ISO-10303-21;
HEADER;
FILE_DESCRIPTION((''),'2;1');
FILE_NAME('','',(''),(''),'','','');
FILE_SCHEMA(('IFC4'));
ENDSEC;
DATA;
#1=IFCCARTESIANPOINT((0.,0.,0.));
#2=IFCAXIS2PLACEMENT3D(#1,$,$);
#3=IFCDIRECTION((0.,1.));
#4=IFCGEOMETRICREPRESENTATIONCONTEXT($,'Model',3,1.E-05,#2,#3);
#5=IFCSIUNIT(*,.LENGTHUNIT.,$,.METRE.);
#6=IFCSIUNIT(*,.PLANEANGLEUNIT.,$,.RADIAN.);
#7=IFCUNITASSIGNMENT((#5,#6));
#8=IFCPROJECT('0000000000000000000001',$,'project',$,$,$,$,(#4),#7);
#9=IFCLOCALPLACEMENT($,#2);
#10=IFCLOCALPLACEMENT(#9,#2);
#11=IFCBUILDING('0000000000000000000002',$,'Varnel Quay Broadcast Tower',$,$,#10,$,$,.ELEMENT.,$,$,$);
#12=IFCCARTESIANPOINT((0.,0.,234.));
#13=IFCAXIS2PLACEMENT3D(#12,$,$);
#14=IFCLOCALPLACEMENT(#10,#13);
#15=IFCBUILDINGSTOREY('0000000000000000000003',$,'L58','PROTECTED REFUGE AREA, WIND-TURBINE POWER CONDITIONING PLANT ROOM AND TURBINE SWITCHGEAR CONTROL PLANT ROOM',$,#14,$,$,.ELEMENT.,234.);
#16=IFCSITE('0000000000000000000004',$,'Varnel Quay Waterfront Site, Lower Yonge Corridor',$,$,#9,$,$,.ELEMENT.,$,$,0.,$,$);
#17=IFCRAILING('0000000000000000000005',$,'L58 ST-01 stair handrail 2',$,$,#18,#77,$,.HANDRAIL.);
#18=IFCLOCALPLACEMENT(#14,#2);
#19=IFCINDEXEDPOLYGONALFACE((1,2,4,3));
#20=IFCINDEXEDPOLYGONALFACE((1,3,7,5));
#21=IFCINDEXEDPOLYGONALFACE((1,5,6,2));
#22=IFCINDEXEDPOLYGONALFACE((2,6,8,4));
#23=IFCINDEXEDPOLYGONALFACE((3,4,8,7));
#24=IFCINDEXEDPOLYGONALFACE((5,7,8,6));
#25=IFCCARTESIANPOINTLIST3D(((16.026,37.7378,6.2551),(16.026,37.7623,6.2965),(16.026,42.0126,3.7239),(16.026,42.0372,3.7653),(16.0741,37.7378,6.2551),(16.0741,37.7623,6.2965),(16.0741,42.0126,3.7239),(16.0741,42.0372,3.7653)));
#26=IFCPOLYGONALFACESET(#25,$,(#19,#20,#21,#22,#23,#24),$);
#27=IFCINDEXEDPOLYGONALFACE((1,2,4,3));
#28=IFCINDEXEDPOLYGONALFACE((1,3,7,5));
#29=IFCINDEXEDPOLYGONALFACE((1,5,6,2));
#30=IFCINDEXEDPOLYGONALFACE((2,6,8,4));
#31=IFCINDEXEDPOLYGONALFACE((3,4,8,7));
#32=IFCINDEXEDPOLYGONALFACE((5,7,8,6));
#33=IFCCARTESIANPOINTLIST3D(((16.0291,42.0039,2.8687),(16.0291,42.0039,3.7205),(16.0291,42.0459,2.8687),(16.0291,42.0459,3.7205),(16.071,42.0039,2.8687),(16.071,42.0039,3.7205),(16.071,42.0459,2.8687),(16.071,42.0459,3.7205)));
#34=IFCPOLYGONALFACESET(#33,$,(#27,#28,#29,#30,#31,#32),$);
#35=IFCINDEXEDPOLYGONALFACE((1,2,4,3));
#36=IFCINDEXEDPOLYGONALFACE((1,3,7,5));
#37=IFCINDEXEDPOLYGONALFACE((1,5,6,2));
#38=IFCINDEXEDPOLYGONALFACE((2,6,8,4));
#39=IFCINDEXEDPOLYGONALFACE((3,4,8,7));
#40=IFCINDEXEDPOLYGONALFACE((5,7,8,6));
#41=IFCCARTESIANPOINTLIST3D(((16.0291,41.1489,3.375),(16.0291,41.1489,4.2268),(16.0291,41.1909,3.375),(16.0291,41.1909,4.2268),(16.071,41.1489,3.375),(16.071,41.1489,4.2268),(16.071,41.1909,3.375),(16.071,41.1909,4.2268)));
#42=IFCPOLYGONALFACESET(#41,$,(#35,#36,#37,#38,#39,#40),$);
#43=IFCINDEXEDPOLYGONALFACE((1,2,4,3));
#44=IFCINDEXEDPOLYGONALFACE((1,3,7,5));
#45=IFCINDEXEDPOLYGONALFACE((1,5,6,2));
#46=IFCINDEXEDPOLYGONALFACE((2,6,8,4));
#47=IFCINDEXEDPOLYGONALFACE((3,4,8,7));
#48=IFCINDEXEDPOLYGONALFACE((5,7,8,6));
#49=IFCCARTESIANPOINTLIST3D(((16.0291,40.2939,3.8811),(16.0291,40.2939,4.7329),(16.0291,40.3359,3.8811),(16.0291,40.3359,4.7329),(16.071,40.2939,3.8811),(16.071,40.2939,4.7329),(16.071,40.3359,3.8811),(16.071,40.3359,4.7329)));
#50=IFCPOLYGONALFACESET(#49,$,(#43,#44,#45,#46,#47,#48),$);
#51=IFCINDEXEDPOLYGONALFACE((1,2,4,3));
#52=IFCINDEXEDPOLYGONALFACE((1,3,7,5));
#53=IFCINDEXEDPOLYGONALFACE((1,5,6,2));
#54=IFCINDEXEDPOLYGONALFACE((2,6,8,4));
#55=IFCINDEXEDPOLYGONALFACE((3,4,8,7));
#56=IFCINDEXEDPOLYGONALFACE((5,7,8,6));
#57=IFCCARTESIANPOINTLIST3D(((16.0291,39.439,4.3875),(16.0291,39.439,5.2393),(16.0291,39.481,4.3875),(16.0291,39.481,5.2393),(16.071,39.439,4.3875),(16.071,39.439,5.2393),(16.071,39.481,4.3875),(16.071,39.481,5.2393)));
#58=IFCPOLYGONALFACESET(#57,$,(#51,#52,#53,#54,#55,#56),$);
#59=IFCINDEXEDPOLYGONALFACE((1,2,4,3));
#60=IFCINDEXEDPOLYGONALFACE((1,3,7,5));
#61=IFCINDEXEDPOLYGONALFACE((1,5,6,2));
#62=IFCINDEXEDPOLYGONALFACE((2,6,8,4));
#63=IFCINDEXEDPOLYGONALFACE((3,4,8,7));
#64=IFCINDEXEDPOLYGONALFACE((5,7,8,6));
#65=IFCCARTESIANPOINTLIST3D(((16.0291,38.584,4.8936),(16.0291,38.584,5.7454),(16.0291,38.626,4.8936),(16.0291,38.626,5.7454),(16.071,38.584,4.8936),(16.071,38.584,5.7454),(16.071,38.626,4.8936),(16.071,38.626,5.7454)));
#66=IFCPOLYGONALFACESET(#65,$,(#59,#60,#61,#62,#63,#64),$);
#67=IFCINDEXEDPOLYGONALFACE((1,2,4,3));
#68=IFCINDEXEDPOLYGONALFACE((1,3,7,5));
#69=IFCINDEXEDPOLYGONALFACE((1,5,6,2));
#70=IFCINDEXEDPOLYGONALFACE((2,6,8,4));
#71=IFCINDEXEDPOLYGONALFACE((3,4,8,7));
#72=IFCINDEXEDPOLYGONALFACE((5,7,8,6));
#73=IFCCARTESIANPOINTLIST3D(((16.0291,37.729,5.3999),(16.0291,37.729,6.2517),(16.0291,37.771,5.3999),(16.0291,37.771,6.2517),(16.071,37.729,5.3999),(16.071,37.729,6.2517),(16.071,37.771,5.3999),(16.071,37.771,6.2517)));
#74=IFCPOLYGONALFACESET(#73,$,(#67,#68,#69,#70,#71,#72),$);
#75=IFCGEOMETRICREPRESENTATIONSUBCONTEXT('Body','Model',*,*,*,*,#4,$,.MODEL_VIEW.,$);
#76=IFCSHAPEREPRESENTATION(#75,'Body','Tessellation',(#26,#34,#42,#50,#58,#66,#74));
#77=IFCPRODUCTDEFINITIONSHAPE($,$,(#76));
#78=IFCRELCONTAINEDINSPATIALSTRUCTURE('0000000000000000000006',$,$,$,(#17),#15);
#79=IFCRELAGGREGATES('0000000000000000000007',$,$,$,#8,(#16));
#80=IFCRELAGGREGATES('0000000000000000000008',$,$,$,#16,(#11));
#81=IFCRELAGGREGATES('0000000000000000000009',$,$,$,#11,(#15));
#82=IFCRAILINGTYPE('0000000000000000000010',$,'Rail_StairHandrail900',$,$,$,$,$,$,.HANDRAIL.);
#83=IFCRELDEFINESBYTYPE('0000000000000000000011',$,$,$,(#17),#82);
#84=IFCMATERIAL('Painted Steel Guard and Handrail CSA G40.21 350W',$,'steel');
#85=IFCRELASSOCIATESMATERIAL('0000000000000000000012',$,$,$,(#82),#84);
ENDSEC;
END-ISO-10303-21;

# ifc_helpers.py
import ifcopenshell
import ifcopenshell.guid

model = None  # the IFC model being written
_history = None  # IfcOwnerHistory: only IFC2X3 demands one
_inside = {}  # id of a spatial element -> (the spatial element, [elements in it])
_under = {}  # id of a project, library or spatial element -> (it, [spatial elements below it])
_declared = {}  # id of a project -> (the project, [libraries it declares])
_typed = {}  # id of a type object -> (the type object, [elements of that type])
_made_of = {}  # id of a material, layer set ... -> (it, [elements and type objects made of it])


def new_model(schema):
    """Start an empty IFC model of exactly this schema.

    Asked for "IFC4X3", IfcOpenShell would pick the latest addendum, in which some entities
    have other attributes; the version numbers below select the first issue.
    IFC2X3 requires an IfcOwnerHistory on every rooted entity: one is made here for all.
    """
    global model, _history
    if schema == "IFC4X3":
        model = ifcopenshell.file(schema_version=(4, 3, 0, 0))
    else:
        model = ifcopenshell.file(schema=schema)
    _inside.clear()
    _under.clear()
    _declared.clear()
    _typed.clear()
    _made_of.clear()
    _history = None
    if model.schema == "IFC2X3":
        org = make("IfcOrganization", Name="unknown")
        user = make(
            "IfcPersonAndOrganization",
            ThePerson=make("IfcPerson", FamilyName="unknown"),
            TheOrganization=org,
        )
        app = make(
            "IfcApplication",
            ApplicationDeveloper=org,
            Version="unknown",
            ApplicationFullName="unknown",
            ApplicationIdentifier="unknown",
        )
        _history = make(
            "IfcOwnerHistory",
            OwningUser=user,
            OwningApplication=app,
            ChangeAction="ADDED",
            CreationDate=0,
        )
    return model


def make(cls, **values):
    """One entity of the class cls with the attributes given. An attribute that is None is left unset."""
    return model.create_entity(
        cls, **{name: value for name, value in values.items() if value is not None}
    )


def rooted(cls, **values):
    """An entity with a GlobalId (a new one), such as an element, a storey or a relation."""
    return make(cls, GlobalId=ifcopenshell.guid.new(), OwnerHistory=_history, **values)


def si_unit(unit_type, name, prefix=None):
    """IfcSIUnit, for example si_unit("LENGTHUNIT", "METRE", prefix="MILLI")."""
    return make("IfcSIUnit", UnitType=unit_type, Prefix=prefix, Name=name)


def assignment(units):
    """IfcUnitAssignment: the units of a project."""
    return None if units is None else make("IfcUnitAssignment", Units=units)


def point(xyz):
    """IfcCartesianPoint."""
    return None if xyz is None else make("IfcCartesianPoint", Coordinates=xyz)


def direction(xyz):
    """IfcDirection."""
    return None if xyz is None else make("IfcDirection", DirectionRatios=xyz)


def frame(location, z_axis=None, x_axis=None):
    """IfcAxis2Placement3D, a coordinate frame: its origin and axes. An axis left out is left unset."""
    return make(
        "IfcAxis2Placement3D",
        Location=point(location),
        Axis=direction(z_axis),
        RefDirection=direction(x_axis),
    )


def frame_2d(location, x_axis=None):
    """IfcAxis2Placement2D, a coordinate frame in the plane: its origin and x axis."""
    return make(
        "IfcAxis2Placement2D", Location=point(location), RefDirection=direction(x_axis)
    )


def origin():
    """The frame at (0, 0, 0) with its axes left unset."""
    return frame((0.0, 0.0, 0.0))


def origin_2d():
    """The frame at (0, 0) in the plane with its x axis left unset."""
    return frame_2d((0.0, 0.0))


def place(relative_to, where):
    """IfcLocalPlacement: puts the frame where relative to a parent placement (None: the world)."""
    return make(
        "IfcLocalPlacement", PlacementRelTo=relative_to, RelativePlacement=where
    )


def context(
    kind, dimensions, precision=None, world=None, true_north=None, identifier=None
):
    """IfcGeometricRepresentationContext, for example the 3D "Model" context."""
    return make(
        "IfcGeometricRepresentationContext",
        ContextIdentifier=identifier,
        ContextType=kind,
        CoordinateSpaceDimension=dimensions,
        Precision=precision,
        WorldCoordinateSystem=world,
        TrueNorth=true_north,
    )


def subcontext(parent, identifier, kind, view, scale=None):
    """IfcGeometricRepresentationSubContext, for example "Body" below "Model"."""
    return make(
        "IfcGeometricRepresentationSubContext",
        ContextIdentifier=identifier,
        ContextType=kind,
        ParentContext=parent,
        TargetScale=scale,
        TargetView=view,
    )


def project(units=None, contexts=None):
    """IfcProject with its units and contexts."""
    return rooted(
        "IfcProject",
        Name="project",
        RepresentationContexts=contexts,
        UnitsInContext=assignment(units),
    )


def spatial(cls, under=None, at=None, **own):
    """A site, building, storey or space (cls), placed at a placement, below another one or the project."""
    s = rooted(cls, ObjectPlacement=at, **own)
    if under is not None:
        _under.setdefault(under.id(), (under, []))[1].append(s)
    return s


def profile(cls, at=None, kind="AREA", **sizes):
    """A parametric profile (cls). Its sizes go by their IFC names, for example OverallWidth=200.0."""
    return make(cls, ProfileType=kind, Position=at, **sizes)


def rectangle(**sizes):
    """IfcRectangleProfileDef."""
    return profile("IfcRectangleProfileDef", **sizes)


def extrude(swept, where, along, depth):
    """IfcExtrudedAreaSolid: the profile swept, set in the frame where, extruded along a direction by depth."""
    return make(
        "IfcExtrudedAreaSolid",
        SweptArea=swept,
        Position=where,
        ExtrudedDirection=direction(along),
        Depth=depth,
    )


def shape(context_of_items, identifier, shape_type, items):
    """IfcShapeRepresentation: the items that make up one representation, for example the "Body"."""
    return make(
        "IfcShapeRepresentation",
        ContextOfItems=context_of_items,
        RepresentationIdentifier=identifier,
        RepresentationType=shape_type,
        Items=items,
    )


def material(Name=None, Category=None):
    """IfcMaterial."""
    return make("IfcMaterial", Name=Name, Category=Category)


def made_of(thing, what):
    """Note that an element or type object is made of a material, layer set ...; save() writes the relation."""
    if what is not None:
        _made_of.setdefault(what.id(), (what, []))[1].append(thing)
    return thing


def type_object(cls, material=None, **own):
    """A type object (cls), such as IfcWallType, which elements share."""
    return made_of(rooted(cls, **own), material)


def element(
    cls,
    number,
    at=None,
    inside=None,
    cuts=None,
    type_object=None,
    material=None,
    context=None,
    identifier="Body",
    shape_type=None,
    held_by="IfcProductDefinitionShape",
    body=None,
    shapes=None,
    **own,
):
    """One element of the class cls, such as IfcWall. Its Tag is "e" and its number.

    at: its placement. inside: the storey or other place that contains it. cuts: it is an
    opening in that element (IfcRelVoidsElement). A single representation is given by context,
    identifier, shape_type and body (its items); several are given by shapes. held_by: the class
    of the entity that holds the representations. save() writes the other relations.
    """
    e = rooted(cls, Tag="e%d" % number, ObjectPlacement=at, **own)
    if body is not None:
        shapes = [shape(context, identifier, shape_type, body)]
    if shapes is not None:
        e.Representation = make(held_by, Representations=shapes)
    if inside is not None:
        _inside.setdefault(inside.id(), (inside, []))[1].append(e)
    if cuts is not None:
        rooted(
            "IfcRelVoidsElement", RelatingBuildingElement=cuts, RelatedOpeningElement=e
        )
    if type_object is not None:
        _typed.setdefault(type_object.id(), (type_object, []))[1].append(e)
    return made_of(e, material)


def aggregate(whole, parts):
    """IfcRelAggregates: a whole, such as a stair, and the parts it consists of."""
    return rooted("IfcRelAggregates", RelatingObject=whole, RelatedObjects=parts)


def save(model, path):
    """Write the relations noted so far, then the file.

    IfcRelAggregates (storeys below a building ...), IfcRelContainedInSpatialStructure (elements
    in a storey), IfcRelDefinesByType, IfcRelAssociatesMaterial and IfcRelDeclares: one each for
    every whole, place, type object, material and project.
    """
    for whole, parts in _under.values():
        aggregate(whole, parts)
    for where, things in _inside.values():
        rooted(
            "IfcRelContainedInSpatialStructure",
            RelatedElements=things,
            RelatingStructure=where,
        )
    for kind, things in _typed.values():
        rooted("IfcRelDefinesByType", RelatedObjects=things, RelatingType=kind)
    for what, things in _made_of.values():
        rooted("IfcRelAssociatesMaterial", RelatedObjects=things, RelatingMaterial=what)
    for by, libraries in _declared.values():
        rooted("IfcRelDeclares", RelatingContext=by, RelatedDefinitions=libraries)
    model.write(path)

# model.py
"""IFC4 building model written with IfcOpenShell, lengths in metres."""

from ifc_helpers import new_model, si_unit, direction, frame, origin, origin_2d, place, context, subcontext, project, spatial, rectangle, extrude, material, type_object, element, save


model = new_model("IFC4")

# Units and contexts
model_context = context("Model", 3, precision=1e-05, world=origin(), true_north=direction((0.0, 1.0)))
body_context = subcontext(model_context, "Body", "Model", "MODEL_VIEW")
ifc_project = project(units=[si_unit("LENGTHUNIT", "METRE"), si_unit("PLANEANGLEUNIT", "RADIAN")], contexts=[model_context])

# Site, building, storey
site_placement = place(None, origin())
site = spatial("IfcSite", under=ifc_project, at=site_placement, Name="Varnel Quay Waterfront Site, Lower Yonge Corridor", CompositionType="ELEMENT", RefElevation=0.0)
building_placement = place(site_placement, origin())
building = spatial("IfcBuilding", under=site, at=building_placement, Name="Varnel Quay Broadcast Tower", CompositionType="ELEMENT")
storey_placement = place(building_placement, frame((0.0, 0.0, 234.0)))
storey = spatial("IfcBuildingStorey", under=building, at=storey_placement, Name="L58", Description="PROTECTED REFUGE AREA, WIND-TURBINE POWER CONDITIONING PLANT ROOM AND TURBINE SWITCHGEAR CONTROL PLANT ROOM", CompositionType="ELEMENT", Elevation=234.0)

# Railing
ifc_material_1 = material(Name="Painted Steel Guard and Handrail CSA G40.21 350W", Category="steel")
railing_type_1 = type_object("IfcRailingType", Name="Rail_StairHandrail900", PredefinedType="HANDRAIL", material=ifc_material_1)
railing_1_placement = place(storey_placement, frame((16.05, 42.0249, 2.8687)))
element("IfcRailing", 1, at=railing_1_placement, inside=storey, type_object=railing_type_1, Name="L58 ST-01 stair handrail 2", PredefinedType="HANDRAIL", context=body_context, shape_type="SweptSolid", body=[
    extrude(rectangle(XDim=0.0481, YDim=0.0481, at=origin_2d()), frame((0.0, 0.0, 0.876), z_axis=(0.0, -0.86047, 0.509501), x_axis=(1.0, 0.0, 0.0)), (0.0, 0.0, 1.0), 4.968),
    extrude(rectangle(XDim=0.042, YDim=0.042, at=origin_2d()), origin(), (0.0, 0.0, 1.0), 0.8518),
    extrude(rectangle(XDim=0.042, YDim=0.042, at=origin_2d()), frame((0.0, -0.855, 0.5063)), (0.0, 0.0, 1.0), 0.8518),
    extrude(rectangle(XDim=0.042, YDim=0.042, at=origin_2d()), frame((0.0, -1.71, 1.0125)), (0.0, 0.0, 1.0), 0.8518),
    extrude(rectangle(XDim=0.042, YDim=0.042, at=origin_2d()), frame((0.0, -2.5649, 1.5188)), (0.0, 0.0, 1.0), 0.8518),
    extrude(rectangle(XDim=0.042, YDim=0.042, at=origin_2d()), frame((0.0, -3.4199, 2.0249)), (0.0, 0.0, 1.0), 0.8518),
    extrude(rectangle(XDim=0.042, YDim=0.042, at=origin_2d()), frame((0.0, -4.2749, 2.5312)), (0.0, 0.0, 1.0), 0.8518),
])

save(model, "model.ifc")
